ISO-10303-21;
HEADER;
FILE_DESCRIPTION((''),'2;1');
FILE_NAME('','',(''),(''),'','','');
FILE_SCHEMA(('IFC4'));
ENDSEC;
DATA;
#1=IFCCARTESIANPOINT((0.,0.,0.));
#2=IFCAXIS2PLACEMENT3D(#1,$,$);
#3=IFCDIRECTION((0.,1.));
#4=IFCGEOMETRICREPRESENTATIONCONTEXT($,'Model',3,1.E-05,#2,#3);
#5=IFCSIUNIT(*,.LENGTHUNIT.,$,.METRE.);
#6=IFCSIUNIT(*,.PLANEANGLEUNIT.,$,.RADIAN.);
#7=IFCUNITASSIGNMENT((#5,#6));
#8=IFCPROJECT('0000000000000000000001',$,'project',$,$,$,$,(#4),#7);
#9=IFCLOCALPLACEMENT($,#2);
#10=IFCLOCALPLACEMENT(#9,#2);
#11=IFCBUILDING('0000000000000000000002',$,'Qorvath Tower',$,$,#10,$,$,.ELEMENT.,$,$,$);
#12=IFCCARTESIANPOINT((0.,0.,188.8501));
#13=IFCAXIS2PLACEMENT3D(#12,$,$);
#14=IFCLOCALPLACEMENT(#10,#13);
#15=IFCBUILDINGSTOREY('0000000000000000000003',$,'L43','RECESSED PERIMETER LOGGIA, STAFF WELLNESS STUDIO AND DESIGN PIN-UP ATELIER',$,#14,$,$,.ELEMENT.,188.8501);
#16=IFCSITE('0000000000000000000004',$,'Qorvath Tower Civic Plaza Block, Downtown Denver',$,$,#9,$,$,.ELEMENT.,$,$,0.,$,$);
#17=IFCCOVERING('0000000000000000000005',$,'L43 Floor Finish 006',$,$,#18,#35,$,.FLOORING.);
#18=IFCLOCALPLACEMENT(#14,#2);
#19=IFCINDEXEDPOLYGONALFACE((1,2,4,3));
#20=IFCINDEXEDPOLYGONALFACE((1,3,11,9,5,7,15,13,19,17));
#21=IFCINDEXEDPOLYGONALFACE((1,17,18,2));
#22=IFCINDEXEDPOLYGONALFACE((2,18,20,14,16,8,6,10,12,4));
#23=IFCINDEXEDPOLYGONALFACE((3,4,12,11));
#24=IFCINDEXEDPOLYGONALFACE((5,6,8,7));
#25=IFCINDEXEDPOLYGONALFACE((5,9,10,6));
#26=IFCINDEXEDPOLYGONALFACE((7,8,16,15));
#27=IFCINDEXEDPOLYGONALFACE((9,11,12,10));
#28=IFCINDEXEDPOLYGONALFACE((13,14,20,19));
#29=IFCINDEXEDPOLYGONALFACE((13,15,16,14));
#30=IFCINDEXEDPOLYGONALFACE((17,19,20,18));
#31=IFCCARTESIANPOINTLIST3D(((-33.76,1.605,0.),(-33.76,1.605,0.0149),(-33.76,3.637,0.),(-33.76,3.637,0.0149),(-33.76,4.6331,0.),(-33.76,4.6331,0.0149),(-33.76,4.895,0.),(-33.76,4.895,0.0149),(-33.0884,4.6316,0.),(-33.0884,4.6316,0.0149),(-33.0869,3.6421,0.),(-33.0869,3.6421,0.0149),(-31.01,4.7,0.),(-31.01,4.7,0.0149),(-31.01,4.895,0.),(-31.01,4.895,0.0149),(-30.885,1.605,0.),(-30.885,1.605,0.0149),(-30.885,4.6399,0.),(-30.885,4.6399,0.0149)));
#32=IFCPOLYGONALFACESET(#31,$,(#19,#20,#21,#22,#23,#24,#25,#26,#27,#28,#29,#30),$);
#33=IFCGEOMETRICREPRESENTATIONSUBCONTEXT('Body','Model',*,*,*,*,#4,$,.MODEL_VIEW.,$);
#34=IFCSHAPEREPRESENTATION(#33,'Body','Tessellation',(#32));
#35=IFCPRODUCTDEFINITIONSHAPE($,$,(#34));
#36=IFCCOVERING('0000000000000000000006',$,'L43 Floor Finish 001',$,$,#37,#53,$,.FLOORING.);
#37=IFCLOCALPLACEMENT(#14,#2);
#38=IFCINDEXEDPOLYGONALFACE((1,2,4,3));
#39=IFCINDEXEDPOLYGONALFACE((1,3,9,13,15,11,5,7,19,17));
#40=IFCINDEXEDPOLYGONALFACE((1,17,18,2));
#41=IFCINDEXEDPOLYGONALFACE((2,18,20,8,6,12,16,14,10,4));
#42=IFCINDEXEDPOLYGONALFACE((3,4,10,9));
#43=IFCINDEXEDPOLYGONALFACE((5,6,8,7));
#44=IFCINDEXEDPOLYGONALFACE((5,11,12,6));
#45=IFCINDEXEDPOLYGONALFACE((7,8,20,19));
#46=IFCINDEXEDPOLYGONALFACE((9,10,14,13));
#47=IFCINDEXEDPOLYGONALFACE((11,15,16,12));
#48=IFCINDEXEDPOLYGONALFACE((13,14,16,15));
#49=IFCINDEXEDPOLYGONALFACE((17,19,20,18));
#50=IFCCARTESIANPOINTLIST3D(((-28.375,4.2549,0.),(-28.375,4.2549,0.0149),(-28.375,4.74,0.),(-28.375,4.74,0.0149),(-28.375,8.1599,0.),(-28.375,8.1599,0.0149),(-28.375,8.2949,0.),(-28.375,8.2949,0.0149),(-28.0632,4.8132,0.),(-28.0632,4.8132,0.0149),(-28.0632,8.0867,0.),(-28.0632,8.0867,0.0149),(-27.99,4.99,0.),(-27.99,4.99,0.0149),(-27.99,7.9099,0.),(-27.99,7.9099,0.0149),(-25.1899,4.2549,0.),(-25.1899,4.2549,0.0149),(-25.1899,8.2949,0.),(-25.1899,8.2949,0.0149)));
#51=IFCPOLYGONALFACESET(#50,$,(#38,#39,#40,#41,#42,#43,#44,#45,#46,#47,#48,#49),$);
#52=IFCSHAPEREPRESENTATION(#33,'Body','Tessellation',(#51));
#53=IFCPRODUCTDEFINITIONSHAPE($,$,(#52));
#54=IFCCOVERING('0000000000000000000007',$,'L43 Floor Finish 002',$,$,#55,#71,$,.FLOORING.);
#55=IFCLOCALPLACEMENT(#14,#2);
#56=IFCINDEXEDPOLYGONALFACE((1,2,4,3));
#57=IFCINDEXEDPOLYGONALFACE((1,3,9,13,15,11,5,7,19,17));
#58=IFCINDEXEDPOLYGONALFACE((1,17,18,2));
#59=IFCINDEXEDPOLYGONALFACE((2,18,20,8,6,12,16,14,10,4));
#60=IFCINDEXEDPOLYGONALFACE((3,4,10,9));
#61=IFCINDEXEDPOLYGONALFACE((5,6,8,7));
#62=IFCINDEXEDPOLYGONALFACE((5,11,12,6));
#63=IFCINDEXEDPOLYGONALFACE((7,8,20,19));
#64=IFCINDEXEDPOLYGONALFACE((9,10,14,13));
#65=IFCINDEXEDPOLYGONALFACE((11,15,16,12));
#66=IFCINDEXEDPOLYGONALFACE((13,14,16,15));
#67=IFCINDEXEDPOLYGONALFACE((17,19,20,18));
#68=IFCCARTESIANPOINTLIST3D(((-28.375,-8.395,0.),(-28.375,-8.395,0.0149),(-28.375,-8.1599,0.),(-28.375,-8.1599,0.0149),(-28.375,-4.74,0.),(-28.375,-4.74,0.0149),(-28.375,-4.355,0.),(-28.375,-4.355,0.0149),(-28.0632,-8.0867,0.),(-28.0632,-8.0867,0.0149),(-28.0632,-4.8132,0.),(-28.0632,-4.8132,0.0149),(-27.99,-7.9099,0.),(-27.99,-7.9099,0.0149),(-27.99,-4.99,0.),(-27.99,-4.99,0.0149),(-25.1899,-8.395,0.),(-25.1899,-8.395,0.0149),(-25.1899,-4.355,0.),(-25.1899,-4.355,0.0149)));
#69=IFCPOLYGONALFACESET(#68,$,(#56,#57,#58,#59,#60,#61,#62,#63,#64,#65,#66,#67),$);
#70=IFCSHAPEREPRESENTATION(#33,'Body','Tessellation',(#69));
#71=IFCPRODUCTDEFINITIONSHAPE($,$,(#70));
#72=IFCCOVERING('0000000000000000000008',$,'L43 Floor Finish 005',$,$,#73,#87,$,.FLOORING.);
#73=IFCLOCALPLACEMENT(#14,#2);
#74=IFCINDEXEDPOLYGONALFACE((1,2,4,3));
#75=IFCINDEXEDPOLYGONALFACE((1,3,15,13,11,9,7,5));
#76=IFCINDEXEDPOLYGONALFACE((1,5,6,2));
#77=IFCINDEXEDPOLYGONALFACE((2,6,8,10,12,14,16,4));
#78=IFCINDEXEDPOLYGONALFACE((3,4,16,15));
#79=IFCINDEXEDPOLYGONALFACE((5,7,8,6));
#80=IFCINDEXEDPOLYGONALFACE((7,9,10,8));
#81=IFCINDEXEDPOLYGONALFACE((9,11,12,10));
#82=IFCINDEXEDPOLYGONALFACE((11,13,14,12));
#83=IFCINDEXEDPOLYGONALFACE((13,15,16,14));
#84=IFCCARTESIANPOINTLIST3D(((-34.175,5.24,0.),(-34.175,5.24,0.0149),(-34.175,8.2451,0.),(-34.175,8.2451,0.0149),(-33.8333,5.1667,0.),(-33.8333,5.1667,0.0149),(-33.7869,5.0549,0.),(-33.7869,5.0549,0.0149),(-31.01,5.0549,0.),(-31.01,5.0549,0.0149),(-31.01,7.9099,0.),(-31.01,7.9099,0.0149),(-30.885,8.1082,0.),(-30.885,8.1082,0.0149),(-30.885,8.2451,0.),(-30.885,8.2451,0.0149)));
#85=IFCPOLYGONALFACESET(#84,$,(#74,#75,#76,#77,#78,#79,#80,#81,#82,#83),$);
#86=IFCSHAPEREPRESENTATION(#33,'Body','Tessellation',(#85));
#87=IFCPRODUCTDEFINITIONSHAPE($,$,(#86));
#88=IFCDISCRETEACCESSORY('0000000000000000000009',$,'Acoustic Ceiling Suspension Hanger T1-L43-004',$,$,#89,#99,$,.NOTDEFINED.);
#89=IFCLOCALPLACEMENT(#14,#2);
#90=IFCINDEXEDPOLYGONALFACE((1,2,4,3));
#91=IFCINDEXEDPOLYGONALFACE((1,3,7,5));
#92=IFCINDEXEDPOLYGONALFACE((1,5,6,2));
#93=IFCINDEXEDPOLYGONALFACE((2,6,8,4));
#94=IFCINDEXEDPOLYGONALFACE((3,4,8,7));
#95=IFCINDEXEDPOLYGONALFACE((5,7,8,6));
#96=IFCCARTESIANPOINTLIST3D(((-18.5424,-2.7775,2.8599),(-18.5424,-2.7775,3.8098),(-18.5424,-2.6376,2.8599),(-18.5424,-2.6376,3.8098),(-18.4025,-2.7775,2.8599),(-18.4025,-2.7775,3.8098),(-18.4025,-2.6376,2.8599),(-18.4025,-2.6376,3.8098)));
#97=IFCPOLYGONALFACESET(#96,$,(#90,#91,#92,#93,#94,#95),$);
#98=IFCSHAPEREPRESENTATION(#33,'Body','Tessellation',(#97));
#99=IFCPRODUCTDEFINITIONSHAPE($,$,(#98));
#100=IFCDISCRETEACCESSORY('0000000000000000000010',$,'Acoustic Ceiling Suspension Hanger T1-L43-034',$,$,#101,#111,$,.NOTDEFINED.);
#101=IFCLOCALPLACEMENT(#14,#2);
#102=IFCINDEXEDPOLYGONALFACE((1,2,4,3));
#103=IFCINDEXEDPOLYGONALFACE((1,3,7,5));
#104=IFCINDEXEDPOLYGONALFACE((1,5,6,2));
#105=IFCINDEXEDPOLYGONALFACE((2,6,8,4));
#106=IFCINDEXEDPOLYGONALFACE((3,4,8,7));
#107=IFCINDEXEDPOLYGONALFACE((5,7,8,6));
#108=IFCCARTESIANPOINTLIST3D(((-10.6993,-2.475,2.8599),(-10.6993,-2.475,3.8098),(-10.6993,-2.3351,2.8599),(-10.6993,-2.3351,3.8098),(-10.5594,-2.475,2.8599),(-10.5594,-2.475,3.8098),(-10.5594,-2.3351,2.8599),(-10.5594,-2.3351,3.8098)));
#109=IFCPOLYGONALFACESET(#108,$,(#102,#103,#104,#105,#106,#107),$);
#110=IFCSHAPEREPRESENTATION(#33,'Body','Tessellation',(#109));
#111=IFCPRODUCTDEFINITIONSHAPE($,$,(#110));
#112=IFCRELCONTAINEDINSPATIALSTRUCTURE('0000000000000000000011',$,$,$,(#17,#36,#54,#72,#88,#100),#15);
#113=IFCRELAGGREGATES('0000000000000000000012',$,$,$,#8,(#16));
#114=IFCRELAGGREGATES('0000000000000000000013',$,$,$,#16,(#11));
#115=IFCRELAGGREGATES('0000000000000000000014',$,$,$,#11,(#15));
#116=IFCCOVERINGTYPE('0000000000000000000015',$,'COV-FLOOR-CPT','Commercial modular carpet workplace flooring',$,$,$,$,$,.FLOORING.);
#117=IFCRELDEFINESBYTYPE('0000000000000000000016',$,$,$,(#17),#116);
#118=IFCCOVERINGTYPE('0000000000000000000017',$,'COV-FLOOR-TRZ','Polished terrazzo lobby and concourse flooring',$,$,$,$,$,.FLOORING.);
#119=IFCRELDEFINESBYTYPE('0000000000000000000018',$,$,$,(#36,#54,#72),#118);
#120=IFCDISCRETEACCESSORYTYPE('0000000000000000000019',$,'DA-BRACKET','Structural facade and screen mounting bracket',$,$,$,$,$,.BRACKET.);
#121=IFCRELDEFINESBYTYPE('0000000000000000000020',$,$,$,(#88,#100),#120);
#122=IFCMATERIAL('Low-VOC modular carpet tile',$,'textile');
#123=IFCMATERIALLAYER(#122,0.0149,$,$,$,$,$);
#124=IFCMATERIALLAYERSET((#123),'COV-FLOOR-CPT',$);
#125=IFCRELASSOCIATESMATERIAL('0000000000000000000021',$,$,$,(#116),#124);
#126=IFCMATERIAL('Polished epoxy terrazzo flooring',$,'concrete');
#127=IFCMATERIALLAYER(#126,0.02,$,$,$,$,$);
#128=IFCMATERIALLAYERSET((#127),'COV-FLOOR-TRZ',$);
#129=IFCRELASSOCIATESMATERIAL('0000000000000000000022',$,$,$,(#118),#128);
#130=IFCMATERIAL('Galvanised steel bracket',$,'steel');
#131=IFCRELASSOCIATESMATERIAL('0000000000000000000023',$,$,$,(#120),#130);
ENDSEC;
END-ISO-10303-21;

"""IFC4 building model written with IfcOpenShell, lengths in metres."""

from ifc_helpers import new_model, si_unit, direction, frame, origin, origin_2d, place, context, subcontext, project, spatial, polyline, rectangle, outline, extrude, material, layer, layer_set, type_object, element, save


model = new_model("IFC4")

# Units and contexts
model_context = context("Model", 3, precision=1e-05, world=origin(), true_north=direction((0.0, 1.0)))
body_context = subcontext(model_context, "Body", "Model", "MODEL_VIEW")
ifc_project = project(units=[si_unit("LENGTHUNIT", "METRE"), si_unit("PLANEANGLEUNIT", "RADIAN")], contexts=[model_context])

# Site, building, storey
site_placement = place(None, origin())
site = spatial("IfcSite", under=ifc_project, at=site_placement, Name="Qorvath Tower Civic Plaza Block, Downtown Denver", CompositionType="ELEMENT", RefElevation=0.0)
building_placement = place(site_placement, origin())
building = spatial("IfcBuilding", under=site, at=building_placement, Name="Qorvath Tower", CompositionType="ELEMENT")
storey_placement = place(building_placement, frame((0.0, 0.0, 188.8501)))
storey = spatial("IfcBuildingStorey", under=building, at=storey_placement, Name="L43", Description="RECESSED PERIMETER LOGGIA, STAFF WELLNESS STUDIO AND DESIGN PIN-UP ATELIER", CompositionType="ELEMENT", Elevation=188.8501)

# Coverings
ifc_material_1 = material(Name="Low-VOC modular carpet tile", Category="textile")
ifc_layer_1 = layer(ifc_material_1, 0.0149)
ifc_layer_set_1 = layer_set([ifc_layer_1], Name="COV-FLOOR-CPT")
covering_type_1 = type_object("IfcCoveringType", Name="COV-FLOOR-CPT", Description="Commercial modular carpet workplace flooring", PredefinedType="FLOORING", material=ifc_layer_set_1)
covering_1_placement = place(storey_placement, origin())
element("IfcCovering", 1, at=covering_1_placement, inside=storey, type_object=covering_type_1, Name="L43 Floor Finish 006", PredefinedType="FLOORING", context=body_context, shape_type="SweptSolid", body=[
    extrude(outline(polyline([(-31.01, 4.895), (-33.76, 4.895), (-33.76, 4.6331), (-33.0884, 4.6316), (-33.0869, 3.6421), (-33.76, 3.637), (-33.76, 1.605), (-30.885, 1.605), (-30.885, 4.6399), (-31.01, 4.7), (-31.01, 4.895)])), origin(), (0.0, 0.0, 1.0), 0.0149),
])
ifc_material_2 = material(Name="Polished epoxy terrazzo flooring", Category="concrete")
ifc_layer_2 = layer(ifc_material_2, 0.02)
ifc_layer_set_2 = layer_set([ifc_layer_2], Name="COV-FLOOR-TRZ")
covering_type_2 = type_object("IfcCoveringType", Name="COV-FLOOR-TRZ", Description="Polished terrazzo lobby and concourse flooring", PredefinedType="FLOORING", material=ifc_layer_set_2)
covering_2_placement = place(storey_placement, origin())
element("IfcCovering", 2, at=covering_2_placement, inside=storey, type_object=covering_type_2, Name="L43 Floor Finish 001", PredefinedType="FLOORING", context=body_context, shape_type="SweptSolid", body=[
    extrude(outline(polyline([(-25.1899, 4.2549), (-25.1899, 8.2949), (-28.375, 8.2949), (-28.375, 8.1599), (-28.0632, 8.0867), (-27.99, 7.9099), (-27.99, 4.99), (-28.0632, 4.8132), (-28.375, 4.74), (-28.375, 4.2549), (-25.1899, 4.2549)])), origin(), (0.0, 0.0, 1.0), 0.0149),
])
covering_3_placement = place(storey_placement, origin())
element("IfcCovering", 3, at=covering_3_placement, inside=storey, type_object=covering_type_2, Name="L43 Floor Finish 002", PredefinedType="FLOORING", context=body_context, shape_type="SweptSolid", body=[
    extrude(outline(polyline([(-25.1899, -8.395), (-25.1899, -4.355), (-28.375, -4.355), (-28.375, -4.74), (-28.0632, -4.8132), (-27.99, -4.99), (-27.99, -7.9099), (-28.0632, -8.0867), (-28.375, -8.1599), (-28.375, -8.395), (-25.1899, -8.395)])), origin(), (0.0, 0.0, 1.0), 0.0149),
])
covering_4_placement = place(storey_placement, origin())
element("IfcCovering", 4, at=covering_4_placement, inside=storey, type_object=covering_type_2, Name="L43 Floor Finish 005", PredefinedType="FLOORING", context=body_context, shape_type="SweptSolid", body=[
    extrude(outline(polyline([(-31.01, 5.0549), (-31.01, 7.9099), (-30.885, 8.1082), (-30.885, 8.2451), (-34.175, 8.2451), (-34.175, 5.24), (-33.8333, 5.1667), (-33.7869, 5.0549), (-31.01, 5.0549)])), origin(), (0.0, 0.0, 1.0), 0.0149),
])

# Discrete accessories
ifc_material_3 = material(Name="Galvanised steel bracket", Category="steel")
discrete_accessory_type = type_object("IfcDiscreteAccessoryType", Name="DA-BRACKET", Description="Structural facade and screen mounting bracket", PredefinedType="BRACKET", material=ifc_material_3)
for number, where, z_axis, x_axis, name in (
    (5, (-18.4724, -2.7075, 2.8599), (0.0, 0.0, 1.0), (1.0, 0.0, 0.0), "Acoustic Ceiling Suspension Hanger T1-L43-004"),
    (6, (-10.6294, -2.405, 2.8599), (0.0, 0.0, 1.0), (1.0, 0.0, 0.0), "Acoustic Ceiling Suspension Hanger T1-L43-034"),
):
    element("IfcDiscreteAccessory", number, at=place(storey_placement, frame(where, z_axis=z_axis, x_axis=x_axis)), inside=storey, type_object=discrete_accessory_type, Name=name, PredefinedType="NOTDEFINED", context=body_context, shape_type="SweptSolid", body=[
        extrude(rectangle(XDim=0.1399, YDim=0.1399, at=origin_2d()), origin(), (0.0, 0.0, 1.0), 0.95),
    ])

save(model, "model.ifc")
